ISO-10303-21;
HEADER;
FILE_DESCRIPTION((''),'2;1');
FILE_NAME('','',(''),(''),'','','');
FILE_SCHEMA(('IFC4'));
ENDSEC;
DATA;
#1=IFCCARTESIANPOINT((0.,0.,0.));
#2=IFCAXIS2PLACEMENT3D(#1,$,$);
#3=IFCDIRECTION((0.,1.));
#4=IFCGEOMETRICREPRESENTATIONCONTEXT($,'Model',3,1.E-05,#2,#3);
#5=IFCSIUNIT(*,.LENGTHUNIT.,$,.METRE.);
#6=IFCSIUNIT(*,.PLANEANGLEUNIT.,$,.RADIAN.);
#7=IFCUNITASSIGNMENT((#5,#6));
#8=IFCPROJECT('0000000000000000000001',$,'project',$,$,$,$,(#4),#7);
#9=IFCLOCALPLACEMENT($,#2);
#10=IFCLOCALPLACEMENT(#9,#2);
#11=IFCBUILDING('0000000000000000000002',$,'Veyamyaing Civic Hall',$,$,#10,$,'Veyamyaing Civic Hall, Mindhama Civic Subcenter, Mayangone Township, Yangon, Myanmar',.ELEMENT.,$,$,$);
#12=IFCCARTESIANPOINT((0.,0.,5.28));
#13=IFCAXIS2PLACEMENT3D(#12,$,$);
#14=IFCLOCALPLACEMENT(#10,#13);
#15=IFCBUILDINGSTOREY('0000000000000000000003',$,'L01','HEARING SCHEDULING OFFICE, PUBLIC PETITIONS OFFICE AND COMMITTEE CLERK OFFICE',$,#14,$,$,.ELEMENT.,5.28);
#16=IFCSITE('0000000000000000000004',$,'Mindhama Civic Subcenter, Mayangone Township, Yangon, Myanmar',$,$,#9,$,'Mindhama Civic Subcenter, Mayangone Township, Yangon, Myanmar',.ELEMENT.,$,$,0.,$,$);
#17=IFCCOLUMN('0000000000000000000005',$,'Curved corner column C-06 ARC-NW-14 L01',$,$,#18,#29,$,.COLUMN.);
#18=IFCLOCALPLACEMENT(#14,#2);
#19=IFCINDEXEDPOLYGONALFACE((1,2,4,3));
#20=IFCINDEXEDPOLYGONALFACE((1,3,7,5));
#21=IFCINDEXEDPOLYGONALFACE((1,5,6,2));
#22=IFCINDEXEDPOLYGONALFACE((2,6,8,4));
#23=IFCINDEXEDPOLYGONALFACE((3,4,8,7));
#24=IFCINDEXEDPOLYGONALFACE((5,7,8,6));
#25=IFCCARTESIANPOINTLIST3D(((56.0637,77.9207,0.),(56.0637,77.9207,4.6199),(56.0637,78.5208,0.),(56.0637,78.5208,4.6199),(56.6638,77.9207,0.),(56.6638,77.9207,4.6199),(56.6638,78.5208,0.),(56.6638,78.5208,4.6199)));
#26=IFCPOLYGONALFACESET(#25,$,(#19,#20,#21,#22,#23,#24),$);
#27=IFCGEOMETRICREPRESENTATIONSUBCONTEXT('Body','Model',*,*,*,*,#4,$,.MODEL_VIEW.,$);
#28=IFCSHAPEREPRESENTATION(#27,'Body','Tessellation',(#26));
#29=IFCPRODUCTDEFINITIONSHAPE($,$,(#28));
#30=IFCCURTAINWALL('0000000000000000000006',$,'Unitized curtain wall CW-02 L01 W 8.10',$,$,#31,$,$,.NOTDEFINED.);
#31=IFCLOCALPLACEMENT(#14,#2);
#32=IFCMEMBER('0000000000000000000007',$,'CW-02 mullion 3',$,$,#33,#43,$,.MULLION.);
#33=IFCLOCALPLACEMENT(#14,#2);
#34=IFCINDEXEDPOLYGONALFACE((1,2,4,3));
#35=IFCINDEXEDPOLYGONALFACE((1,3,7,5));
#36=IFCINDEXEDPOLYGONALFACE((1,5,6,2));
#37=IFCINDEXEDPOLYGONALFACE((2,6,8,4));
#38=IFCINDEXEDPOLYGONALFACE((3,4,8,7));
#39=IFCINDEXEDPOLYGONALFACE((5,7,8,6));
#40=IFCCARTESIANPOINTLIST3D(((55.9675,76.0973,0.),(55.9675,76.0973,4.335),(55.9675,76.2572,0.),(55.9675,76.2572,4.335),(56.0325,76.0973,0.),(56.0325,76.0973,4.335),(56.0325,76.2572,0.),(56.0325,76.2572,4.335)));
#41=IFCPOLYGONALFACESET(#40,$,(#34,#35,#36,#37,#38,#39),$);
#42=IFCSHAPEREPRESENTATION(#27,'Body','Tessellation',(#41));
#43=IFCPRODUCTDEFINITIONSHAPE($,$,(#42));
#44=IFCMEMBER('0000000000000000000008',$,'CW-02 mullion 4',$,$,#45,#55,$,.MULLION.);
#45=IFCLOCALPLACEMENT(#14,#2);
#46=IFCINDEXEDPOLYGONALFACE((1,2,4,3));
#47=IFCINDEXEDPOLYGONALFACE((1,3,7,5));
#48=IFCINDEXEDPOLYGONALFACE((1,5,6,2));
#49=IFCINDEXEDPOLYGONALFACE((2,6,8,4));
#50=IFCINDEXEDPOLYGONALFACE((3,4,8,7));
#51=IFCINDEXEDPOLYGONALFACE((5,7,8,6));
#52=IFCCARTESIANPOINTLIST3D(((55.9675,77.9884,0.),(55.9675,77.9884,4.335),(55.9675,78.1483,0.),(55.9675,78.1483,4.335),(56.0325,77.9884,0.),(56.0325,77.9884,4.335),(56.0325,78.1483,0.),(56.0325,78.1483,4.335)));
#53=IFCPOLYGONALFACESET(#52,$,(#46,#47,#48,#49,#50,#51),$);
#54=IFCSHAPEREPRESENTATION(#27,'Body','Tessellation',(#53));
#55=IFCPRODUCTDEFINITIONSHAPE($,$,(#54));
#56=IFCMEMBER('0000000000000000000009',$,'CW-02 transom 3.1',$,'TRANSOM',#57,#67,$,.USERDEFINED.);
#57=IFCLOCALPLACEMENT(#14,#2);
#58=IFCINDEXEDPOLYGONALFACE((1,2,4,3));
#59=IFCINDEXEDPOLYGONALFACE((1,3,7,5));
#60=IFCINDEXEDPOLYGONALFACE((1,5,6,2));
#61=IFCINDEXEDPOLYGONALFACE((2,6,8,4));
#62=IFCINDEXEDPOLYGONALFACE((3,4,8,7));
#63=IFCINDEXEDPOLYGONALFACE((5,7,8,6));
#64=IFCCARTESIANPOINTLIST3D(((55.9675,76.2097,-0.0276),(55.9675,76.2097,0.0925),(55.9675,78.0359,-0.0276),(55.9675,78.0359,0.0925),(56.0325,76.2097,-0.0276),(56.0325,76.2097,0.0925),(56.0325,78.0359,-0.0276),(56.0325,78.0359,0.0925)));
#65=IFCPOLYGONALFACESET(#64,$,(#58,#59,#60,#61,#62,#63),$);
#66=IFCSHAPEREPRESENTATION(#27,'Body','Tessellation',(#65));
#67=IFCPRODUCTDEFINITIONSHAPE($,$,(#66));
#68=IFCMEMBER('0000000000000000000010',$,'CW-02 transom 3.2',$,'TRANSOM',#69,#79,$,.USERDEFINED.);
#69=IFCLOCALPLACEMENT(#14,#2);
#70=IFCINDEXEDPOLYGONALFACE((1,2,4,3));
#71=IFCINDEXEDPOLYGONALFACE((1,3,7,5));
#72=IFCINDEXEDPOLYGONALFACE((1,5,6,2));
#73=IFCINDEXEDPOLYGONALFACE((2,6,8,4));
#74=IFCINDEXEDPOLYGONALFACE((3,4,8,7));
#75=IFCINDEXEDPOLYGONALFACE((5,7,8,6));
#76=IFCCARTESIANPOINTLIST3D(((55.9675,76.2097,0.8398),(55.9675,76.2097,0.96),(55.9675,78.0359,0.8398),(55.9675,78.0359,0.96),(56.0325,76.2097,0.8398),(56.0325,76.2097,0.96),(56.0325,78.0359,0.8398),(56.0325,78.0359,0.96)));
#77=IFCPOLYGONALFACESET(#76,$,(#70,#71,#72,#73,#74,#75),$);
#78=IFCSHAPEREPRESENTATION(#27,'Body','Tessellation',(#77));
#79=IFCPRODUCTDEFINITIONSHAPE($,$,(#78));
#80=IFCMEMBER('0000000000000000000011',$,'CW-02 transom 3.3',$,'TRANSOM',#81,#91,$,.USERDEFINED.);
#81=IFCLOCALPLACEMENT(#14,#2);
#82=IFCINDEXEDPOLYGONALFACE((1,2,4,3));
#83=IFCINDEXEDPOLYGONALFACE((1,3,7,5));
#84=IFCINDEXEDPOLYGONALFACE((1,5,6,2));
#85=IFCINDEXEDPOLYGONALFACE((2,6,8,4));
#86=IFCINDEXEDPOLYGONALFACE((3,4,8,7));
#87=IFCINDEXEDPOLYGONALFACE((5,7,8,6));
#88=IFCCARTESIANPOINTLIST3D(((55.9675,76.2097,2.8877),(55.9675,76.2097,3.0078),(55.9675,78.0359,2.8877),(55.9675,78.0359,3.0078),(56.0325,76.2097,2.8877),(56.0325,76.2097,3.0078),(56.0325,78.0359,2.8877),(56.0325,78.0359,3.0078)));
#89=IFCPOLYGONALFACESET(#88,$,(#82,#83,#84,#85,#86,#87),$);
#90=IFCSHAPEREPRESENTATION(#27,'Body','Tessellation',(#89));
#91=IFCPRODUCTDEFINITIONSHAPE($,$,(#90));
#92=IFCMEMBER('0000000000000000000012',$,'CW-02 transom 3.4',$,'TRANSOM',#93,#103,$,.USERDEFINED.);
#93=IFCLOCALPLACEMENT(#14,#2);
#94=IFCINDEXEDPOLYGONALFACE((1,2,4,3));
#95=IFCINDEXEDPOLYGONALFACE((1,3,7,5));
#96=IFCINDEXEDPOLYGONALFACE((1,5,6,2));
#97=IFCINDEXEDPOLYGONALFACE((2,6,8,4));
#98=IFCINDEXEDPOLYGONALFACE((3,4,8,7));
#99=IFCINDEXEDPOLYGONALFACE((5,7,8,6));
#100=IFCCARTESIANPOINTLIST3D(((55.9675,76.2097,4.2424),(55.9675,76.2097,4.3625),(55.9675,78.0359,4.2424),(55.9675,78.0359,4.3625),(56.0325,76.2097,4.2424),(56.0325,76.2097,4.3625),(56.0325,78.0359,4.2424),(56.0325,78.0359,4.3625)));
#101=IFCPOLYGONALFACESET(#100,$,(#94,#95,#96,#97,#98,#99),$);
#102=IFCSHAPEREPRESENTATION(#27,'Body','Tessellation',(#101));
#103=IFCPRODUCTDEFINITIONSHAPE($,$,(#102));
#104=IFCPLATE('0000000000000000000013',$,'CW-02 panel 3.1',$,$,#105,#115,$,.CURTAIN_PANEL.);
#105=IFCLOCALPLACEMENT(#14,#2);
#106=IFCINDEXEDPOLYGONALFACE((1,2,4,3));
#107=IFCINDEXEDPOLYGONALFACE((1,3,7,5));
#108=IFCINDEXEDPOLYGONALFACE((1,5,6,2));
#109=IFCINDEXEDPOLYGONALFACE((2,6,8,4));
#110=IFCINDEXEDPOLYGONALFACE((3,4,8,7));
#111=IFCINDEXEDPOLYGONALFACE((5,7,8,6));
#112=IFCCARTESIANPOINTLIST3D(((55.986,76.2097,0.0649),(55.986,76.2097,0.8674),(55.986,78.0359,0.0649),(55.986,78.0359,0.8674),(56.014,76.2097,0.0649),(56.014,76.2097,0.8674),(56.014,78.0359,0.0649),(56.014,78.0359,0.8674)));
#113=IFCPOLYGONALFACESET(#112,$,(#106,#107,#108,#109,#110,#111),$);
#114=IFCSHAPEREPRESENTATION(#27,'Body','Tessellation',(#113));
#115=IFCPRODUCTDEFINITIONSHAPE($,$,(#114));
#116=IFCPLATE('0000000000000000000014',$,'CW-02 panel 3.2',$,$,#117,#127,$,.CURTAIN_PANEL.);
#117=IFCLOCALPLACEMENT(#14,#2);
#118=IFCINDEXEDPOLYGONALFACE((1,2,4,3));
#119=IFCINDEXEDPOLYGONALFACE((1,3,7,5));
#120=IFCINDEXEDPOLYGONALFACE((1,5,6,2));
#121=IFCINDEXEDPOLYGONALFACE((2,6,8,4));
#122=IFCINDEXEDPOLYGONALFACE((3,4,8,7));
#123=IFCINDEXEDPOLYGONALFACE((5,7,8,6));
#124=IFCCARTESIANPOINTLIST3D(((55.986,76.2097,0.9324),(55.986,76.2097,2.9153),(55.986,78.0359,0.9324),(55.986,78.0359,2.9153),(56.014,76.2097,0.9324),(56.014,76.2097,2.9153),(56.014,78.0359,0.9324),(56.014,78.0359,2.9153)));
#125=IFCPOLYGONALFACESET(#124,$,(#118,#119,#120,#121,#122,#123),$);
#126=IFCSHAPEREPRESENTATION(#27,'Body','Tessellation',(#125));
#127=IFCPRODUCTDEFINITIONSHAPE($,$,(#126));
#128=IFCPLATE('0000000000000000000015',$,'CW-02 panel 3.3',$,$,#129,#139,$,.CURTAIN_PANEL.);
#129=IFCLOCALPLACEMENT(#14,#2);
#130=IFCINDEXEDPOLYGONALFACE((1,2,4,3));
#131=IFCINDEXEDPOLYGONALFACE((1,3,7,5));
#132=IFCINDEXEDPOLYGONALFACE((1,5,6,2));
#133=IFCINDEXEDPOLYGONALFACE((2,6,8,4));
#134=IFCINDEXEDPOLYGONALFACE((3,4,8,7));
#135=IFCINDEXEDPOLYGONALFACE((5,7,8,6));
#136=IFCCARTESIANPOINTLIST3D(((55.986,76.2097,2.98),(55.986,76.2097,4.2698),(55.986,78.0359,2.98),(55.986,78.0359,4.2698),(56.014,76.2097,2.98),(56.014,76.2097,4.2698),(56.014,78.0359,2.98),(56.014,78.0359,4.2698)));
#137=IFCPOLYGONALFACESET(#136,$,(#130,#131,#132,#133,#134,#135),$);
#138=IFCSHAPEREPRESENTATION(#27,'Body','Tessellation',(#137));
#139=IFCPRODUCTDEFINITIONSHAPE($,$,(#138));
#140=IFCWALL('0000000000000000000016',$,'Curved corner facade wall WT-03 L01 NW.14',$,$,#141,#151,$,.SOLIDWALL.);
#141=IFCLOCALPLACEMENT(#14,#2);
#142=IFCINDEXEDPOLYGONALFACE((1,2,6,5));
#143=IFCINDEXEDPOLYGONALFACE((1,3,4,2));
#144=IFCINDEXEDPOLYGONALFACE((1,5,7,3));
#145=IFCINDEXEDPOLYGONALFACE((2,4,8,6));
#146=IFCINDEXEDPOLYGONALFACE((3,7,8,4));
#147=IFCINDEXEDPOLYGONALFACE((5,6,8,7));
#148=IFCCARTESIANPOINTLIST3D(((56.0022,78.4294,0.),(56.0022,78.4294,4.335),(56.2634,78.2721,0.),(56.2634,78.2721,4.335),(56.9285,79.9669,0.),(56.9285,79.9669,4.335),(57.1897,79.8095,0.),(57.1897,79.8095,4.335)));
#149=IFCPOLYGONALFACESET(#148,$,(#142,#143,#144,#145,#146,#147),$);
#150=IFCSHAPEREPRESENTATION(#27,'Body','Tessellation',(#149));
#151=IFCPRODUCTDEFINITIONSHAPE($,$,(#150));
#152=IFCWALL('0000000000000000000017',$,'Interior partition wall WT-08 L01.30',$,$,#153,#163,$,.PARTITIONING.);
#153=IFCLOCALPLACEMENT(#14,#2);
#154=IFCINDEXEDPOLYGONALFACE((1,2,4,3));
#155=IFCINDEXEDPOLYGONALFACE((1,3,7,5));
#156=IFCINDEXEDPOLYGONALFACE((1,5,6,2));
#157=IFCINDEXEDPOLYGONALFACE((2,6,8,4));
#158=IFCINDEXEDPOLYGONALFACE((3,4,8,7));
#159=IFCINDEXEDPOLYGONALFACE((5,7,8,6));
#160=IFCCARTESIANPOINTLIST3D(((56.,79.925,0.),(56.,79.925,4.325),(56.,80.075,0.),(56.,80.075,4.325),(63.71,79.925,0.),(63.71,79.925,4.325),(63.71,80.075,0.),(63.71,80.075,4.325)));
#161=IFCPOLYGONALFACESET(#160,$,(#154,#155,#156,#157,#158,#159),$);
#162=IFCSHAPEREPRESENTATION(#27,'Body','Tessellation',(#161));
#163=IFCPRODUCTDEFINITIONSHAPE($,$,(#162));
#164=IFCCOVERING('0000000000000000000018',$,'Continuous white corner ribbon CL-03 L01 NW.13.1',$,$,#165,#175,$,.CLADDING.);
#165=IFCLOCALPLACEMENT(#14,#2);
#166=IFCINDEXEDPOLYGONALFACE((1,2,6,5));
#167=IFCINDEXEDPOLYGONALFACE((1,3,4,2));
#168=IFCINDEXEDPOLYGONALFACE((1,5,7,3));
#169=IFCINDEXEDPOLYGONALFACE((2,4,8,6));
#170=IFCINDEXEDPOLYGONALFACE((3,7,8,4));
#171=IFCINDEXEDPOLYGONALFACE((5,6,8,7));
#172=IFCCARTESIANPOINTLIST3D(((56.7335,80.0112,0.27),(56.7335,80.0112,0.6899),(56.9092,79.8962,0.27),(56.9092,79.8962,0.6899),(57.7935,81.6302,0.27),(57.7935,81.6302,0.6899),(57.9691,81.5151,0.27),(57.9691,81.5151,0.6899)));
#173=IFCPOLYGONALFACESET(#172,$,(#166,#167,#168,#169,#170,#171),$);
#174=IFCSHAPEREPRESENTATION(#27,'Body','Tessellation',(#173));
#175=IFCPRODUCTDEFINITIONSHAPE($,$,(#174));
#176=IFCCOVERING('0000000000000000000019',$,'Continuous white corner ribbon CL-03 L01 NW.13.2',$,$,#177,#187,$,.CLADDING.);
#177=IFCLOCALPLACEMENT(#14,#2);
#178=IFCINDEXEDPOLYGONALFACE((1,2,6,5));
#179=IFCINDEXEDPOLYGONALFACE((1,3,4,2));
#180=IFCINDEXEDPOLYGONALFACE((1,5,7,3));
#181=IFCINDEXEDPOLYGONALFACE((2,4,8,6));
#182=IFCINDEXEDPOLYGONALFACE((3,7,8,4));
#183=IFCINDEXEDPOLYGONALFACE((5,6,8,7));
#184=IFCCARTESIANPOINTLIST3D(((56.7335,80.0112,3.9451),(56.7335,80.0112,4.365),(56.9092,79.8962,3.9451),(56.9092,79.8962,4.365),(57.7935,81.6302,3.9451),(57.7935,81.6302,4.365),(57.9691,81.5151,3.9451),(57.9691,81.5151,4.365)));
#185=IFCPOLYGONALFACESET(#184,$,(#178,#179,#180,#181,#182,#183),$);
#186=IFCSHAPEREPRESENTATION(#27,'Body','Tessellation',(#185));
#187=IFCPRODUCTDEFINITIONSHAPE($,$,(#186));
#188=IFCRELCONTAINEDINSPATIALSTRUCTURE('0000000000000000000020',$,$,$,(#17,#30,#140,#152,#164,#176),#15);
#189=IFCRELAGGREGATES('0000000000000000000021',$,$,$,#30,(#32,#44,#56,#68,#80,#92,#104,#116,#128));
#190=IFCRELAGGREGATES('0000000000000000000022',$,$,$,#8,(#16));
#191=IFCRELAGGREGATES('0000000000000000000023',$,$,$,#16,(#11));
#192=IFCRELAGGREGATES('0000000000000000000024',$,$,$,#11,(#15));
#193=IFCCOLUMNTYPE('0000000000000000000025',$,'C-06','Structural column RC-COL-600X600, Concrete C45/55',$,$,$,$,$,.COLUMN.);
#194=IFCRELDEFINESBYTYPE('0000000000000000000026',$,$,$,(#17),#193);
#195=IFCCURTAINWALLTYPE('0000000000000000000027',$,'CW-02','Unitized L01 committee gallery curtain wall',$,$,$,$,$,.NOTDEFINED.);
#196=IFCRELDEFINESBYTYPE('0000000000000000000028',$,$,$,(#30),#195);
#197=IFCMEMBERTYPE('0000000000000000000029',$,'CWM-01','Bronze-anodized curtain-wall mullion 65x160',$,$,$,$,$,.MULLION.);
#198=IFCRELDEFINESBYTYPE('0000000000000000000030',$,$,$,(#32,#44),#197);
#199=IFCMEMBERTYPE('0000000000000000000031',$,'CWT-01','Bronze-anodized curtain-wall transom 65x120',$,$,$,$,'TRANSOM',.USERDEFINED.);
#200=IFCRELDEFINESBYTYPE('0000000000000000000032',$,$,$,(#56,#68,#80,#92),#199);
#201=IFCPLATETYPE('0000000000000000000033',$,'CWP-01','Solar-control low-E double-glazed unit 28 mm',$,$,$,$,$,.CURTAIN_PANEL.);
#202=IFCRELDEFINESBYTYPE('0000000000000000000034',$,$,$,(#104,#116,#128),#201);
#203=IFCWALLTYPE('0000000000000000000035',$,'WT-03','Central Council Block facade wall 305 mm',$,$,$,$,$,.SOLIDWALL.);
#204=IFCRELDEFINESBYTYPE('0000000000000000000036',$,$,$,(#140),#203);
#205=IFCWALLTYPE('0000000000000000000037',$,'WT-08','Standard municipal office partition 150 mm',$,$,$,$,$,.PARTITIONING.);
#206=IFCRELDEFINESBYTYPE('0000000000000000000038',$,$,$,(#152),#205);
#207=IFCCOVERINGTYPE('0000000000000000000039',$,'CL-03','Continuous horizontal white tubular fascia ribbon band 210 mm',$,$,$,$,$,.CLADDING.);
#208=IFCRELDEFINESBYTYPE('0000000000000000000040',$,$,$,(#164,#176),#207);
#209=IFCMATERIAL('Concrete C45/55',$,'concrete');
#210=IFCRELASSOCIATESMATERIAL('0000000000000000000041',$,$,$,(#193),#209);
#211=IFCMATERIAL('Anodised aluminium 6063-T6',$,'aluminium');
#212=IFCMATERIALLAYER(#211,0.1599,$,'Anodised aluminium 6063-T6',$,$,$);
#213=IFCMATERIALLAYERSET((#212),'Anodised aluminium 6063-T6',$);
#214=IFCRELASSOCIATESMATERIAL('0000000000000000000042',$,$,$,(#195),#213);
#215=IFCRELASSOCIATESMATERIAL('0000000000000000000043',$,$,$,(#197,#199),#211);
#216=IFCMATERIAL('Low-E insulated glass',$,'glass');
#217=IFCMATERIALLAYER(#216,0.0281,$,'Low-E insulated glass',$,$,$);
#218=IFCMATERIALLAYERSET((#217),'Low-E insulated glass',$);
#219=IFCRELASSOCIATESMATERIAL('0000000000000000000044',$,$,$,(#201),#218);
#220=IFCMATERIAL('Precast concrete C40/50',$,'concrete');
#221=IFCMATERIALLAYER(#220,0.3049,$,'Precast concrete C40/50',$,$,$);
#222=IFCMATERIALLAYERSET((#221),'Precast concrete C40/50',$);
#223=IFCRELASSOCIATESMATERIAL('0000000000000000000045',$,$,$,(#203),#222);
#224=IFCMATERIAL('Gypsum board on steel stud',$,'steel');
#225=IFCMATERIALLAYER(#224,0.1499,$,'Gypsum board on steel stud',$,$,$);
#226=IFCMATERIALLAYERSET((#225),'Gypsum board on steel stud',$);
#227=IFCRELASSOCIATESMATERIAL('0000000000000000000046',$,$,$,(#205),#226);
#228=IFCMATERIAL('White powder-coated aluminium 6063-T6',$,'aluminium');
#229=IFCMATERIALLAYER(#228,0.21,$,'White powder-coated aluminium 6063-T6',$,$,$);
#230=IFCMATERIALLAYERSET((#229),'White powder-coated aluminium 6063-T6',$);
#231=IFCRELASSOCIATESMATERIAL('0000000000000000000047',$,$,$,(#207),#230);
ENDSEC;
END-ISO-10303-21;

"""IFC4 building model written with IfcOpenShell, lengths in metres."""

from ifc_helpers import new_model, si_unit, direction, frame, frame_2d, origin, origin_2d, place, context, subcontext, project, spatial, rectangle, extrude, material, layer, layer_set, material_profile, profile_set, type_object, element, aggregate, save


model = new_model("IFC4")

# Units and contexts
model_context = context("Model", 3, precision=1e-05, world=origin(), true_north=direction((0.0, 1.0)))
body_context = subcontext(model_context, "Body", "Model", "MODEL_VIEW")
ifc_project = project(units=[si_unit("LENGTHUNIT", "METRE"), si_unit("PLANEANGLEUNIT", "RADIAN")], contexts=[model_context])

# Site, building, storey
site_placement = place(None, origin())
site = spatial("IfcSite", under=ifc_project, at=site_placement, Name="Mindhama Civic Subcenter, Mayangone Township, Yangon, Myanmar", LongName="Mindhama Civic Subcenter, Mayangone Township, Yangon, Myanmar", CompositionType="ELEMENT", RefElevation=0.0)
building_placement = place(site_placement, origin())
building = spatial("IfcBuilding", under=site, at=building_placement, Name="Veyamyaing Civic Hall", LongName="Veyamyaing Civic Hall, Mindhama Civic Subcenter, Mayangone Township, Yangon, Myanmar", CompositionType="ELEMENT")
storey_placement = place(building_placement, frame((0.0, 0.0, 5.28)))
storey = spatial("IfcBuildingStorey", under=building, at=storey_placement, Name="L01", Description="HEARING SCHEDULING OFFICE, PUBLIC PETITIONS OFFICE AND COMMITTEE CLERK OFFICE", CompositionType="ELEMENT", Elevation=5.28)

# Column
ifc_material_1 = material(Name="Concrete C45/55", Category="concrete")
ifc_material_profile_1 = material_profile(ifc_material_1, rectangle(XDim=0.6001, YDim=0.6001, at=origin_2d()), Name="RC-COL-600X600")
ifc_profile_set_1 = profile_set([ifc_material_profile_1], Name="Concrete C45/55")
column_type = type_object("IfcColumnType", Name="C-06", Description="Structural column RC-COL-600X600, Concrete C45/55", PredefinedType="COLUMN", material=ifc_profile_set_1)
column_placement = place(storey_placement, frame((56.3638, 78.2207, 0.0), z_axis=(0.0, 0.0, 1.0), x_axis=(1.0, 0.0, 0.0)))
element("IfcColumn", 1, at=column_placement, inside=storey, type_object=column_type, Name="Curved corner column C-06 ARC-NW-14 L01", PredefinedType="COLUMN", context=body_context, shape_type="SweptSolid", body=[
    extrude(rectangle(XDim=0.6001, YDim=0.6001, at=origin_2d()), origin(), (0.0, 0.0, 1.0), 4.6199),
])

# Curtain wall, members, plates
ifc_material_2 = material(Name="Anodised aluminium 6063-T6", Category="aluminium")
ifc_layer_1 = layer(ifc_material_2, 0.1599, Name="Anodised aluminium 6063-T6")
ifc_layer_set_1 = layer_set([ifc_layer_1], Name="Anodised aluminium 6063-T6")
curtain_wall_type = type_object("IfcCurtainWallType", Name="CW-02", Description="Unitized L01 committee gallery curtain wall", PredefinedType="NOTDEFINED", material=ifc_layer_set_1)
curtain_wall_placement = place(storey_placement, origin())
curtain_wall = element("IfcCurtainWall", 2, at=curtain_wall_placement, inside=storey, type_object=curtain_wall_type, Name="Unitized curtain wall CW-02 L01 W 8.10", PredefinedType="NOTDEFINED")
ifc_material_profile_2 = material_profile(ifc_material_2, rectangle(XDim=0.0649, YDim=0.1599, at=origin_2d()), Name="ALU-MUL-65X160")
ifc_profile_set_2 = profile_set([ifc_material_profile_2], Name="Anodised aluminium 6063-T6")
member_type_1 = type_object("IfcMemberType", Name="CWM-01", Description="Bronze-anodized curtain-wall mullion 65x160", PredefinedType="MULLION", material=ifc_profile_set_2)
member_1_placement = place(storey_placement, frame((56.0, 76.1772, 0.0), z_axis=(0.0, 0.0, 1.0), x_axis=(-1.0, 0.0, 0.0)))
member_1 = element("IfcMember", 3, at=member_1_placement, type_object=member_type_1, Name="CW-02 mullion 3", PredefinedType="MULLION", context=body_context, shape_type="SweptSolid", body=[
    extrude(rectangle(XDim=0.0649, YDim=0.1599, at=origin_2d()), origin(), (0.0, 0.0, 1.0), 4.335),
])
member_2_placement = place(storey_placement, frame((56.0, 78.0684, 0.0), z_axis=(0.0, 0.0, 1.0), x_axis=(-1.0, 0.0, 0.0)))
member_2 = element("IfcMember", 4, at=member_2_placement, type_object=member_type_1, Name="CW-02 mullion 4", PredefinedType="MULLION", context=body_context, shape_type="SweptSolid", body=[
    extrude(rectangle(XDim=0.0649, YDim=0.1599, at=origin_2d()), origin(), (0.0, 0.0, 1.0), 4.335),
])
ifc_material_profile_3 = material_profile(ifc_material_2, rectangle(XDim=0.0649, YDim=0.1201, at=origin_2d()), Name="ALU-TRN-65X120")
ifc_profile_set_3 = profile_set([ifc_material_profile_3], Name="Anodised aluminium 6063-T6")
member_type_2 = type_object("IfcMemberType", Name="CWT-01", Description="Bronze-anodized curtain-wall transom 65x120", ElementType="TRANSOM", PredefinedType="USERDEFINED", material=ifc_profile_set_3)
member_3_placement = place(storey_placement, frame((56.0, 76.2097, 0.0325), z_axis=(0.0, 1.0, 0.0), x_axis=(-1.0, 0.0, 0.0)))
member_3 = element("IfcMember", 5, at=member_3_placement, type_object=member_type_2, Name="CW-02 transom 3.1", ObjectType="TRANSOM", PredefinedType="USERDEFINED", context=body_context, shape_type="SweptSolid", body=[
    extrude(rectangle(XDim=0.0649, YDim=0.1201, at=origin_2d()), origin(), (0.0, 0.0, 1.0), 1.8262),
])
member_4_placement = place(storey_placement, frame((56.0, 76.2097, 0.8999), z_axis=(0.0, 1.0, 0.0), x_axis=(-1.0, 0.0, 0.0)))
member_4 = element("IfcMember", 6, at=member_4_placement, type_object=member_type_2, Name="CW-02 transom 3.2", ObjectType="TRANSOM", PredefinedType="USERDEFINED", context=body_context, shape_type="SweptSolid", body=[
    extrude(rectangle(XDim=0.0649, YDim=0.1201, at=origin_2d()), origin(), (0.0, 0.0, 1.0), 1.8262),
])
member_5_placement = place(storey_placement, frame((56.0, 76.2097, 2.9478), z_axis=(0.0, 1.0, 0.0), x_axis=(-1.0, 0.0, 0.0)))
member_5 = element("IfcMember", 7, at=member_5_placement, type_object=member_type_2, Name="CW-02 transom 3.3", ObjectType="TRANSOM", PredefinedType="USERDEFINED", context=body_context, shape_type="SweptSolid", body=[
    extrude(rectangle(XDim=0.0649, YDim=0.1201, at=origin_2d()), origin(), (0.0, 0.0, 1.0), 1.8262),
])
member_6_placement = place(storey_placement, frame((56.0, 76.2097, 4.3025), z_axis=(0.0, 1.0, 0.0), x_axis=(-1.0, 0.0, 0.0)))
member_6 = element("IfcMember", 8, at=member_6_placement, type_object=member_type_2, Name="CW-02 transom 3.4", ObjectType="TRANSOM", PredefinedType="USERDEFINED", context=body_context, shape_type="SweptSolid", body=[
    extrude(rectangle(XDim=0.0649, YDim=0.1201, at=origin_2d()), origin(), (0.0, 0.0, 1.0), 1.8262),
])
ifc_material_3 = material(Name="Low-E insulated glass", Category="glass")
ifc_layer_2 = layer(ifc_material_3, 0.0281, Name="Low-E insulated glass")
ifc_layer_set_2 = layer_set([ifc_layer_2], Name="Low-E insulated glass")
plate_type = type_object("IfcPlateType", Name="CWP-01", Description="Solar-control low-E double-glazed unit 28 mm", PredefinedType="CURTAIN_PANEL", material=ifc_layer_set_2)
plate_1_placement = place(storey_placement, frame((56.0, 77.1228, 0.0649), z_axis=(0.0, 0.0, 1.0), x_axis=(0.0, 1.0, 0.0)))
plate_1 = element("IfcPlate", 9, at=plate_1_placement, type_object=plate_type, Name="CW-02 panel 3.1", PredefinedType="CURTAIN_PANEL", context=body_context, shape_type="SweptSolid", body=[
    extrude(rectangle(XDim=1.8262, YDim=0.0281, at=origin_2d()), origin(), (0.0, 0.0, 1.0), 0.8025),
])
plate_2_placement = place(storey_placement, frame((56.0, 77.1228, 0.9324), z_axis=(0.0, 0.0, 1.0), x_axis=(0.0, 1.0, 0.0)))
plate_2 = element("IfcPlate", 10, at=plate_2_placement, type_object=plate_type, Name="CW-02 panel 3.2", PredefinedType="CURTAIN_PANEL", context=body_context, shape_type="SweptSolid", body=[
    extrude(rectangle(XDim=1.8262, YDim=0.0281, at=origin_2d()), origin(), (0.0, 0.0, 1.0), 1.9829),
])
plate_3_placement = place(storey_placement, frame((56.0, 77.1228, 2.98), z_axis=(0.0, 0.0, 1.0), x_axis=(0.0, 1.0, 0.0)))
plate_3 = element("IfcPlate", 11, at=plate_3_placement, type_object=plate_type, Name="CW-02 panel 3.3", PredefinedType="CURTAIN_PANEL", context=body_context, shape_type="SweptSolid", body=[
    extrude(rectangle(XDim=1.8262, YDim=0.0281, at=origin_2d()), origin(), (0.0, 0.0, 1.0), 1.2898),
])
aggregate(curtain_wall, [member_1, member_2, member_3, member_4, member_5, member_6, plate_1, plate_2, plate_3])

# Walls
ifc_material_4 = material(Name="Precast concrete C40/50", Category="concrete")
ifc_layer_3 = layer(ifc_material_4, 0.3049, Name="Precast concrete C40/50")
ifc_layer_set_3 = layer_set([ifc_layer_3], Name="Precast concrete C40/50")
wall_type_1 = type_object("IfcWallType", Name="WT-03", Description="Central Council Block facade wall 305 mm", PredefinedType="SOLIDWALL", material=ifc_layer_set_3)
wall_1_placement = place(storey_placement, frame((57.0591, 79.8882, 0.0), z_axis=(0.0, 0.0, 1.0), x_axis=(-0.516075, -0.856543, 0.0)))
element("IfcWall", 12, at=wall_1_placement, inside=storey, type_object=wall_type_1, Name="Curved corner facade wall WT-03 L01 NW.14", PredefinedType="SOLIDWALL", context=body_context, shape_type="SweptSolid", body=[
    extrude(rectangle(XDim=1.7949, YDim=0.3049, at=frame_2d((0.8975, 0.0))), origin(), (0.0, 0.0, 1.0), 4.335),
])
ifc_material_5 = material(Name="Gypsum board on steel stud", Category="steel")
ifc_layer_4 = layer(ifc_material_5, 0.1499, Name="Gypsum board on steel stud")
ifc_layer_set_4 = layer_set([ifc_layer_4], Name="Gypsum board on steel stud")
wall_type_2 = type_object("IfcWallType", Name="WT-08", Description="Standard municipal office partition 150 mm", PredefinedType="PARTITIONING", material=ifc_layer_set_4)
wall_2_placement = place(storey_placement, frame((56.0, 80.0, 0.0), z_axis=(0.0, 0.0, 1.0), x_axis=(1.0, 0.0, 0.0)))
element("IfcWall", 13, at=wall_2_placement, inside=storey, type_object=wall_type_2, Name="Interior partition wall WT-08 L01.30", PredefinedType="PARTITIONING", context=body_context, shape_type="SweptSolid", body=[
    extrude(rectangle(XDim=7.71, YDim=0.1499, at=frame_2d((3.855, 0.0))), origin(), (0.0, 0.0, 1.0), 4.325),
])

# Coverings
ifc_material_6 = material(Name="White powder-coated aluminium 6063-T6", Category="aluminium")
ifc_layer_5 = layer(ifc_material_6, 0.21, Name="White powder-coated aluminium 6063-T6")
ifc_layer_set_5 = layer_set([ifc_layer_5], Name="White powder-coated aluminium 6063-T6")
covering_type = type_object("IfcCoveringType", Name="CL-03", Description="Continuous horizontal white tubular fascia ribbon band 210 mm", PredefinedType="CLADDING", material=ifc_layer_set_5)
for number, where, z_axis, x_axis, name in (
    (14, (57.3513, 80.7632, 0.27), (0.0, 0.0, 1.0), (-0.547772, -0.836628, 0.0), "Continuous white corner ribbon CL-03 L01 NW.13.1"),
    (15, (57.3513, 80.7632, 3.9451), (0.0, 0.0, 1.0), (-0.547772, -0.836628, 0.0), "Continuous white corner ribbon CL-03 L01 NW.13.2"),
):
    element("IfcCovering", number, at=place(storey_placement, frame(where, z_axis=z_axis, x_axis=x_axis)), inside=storey, type_object=covering_type, Name=name, PredefinedType="CLADDING", context=body_context, shape_type="SweptSolid", body=[
        extrude(rectangle(XDim=1.9351, YDim=0.21, at=origin_2d()), origin(), (0.0, 0.0, 1.0), 0.4199),
    ])

save(model, "model.ifc")
